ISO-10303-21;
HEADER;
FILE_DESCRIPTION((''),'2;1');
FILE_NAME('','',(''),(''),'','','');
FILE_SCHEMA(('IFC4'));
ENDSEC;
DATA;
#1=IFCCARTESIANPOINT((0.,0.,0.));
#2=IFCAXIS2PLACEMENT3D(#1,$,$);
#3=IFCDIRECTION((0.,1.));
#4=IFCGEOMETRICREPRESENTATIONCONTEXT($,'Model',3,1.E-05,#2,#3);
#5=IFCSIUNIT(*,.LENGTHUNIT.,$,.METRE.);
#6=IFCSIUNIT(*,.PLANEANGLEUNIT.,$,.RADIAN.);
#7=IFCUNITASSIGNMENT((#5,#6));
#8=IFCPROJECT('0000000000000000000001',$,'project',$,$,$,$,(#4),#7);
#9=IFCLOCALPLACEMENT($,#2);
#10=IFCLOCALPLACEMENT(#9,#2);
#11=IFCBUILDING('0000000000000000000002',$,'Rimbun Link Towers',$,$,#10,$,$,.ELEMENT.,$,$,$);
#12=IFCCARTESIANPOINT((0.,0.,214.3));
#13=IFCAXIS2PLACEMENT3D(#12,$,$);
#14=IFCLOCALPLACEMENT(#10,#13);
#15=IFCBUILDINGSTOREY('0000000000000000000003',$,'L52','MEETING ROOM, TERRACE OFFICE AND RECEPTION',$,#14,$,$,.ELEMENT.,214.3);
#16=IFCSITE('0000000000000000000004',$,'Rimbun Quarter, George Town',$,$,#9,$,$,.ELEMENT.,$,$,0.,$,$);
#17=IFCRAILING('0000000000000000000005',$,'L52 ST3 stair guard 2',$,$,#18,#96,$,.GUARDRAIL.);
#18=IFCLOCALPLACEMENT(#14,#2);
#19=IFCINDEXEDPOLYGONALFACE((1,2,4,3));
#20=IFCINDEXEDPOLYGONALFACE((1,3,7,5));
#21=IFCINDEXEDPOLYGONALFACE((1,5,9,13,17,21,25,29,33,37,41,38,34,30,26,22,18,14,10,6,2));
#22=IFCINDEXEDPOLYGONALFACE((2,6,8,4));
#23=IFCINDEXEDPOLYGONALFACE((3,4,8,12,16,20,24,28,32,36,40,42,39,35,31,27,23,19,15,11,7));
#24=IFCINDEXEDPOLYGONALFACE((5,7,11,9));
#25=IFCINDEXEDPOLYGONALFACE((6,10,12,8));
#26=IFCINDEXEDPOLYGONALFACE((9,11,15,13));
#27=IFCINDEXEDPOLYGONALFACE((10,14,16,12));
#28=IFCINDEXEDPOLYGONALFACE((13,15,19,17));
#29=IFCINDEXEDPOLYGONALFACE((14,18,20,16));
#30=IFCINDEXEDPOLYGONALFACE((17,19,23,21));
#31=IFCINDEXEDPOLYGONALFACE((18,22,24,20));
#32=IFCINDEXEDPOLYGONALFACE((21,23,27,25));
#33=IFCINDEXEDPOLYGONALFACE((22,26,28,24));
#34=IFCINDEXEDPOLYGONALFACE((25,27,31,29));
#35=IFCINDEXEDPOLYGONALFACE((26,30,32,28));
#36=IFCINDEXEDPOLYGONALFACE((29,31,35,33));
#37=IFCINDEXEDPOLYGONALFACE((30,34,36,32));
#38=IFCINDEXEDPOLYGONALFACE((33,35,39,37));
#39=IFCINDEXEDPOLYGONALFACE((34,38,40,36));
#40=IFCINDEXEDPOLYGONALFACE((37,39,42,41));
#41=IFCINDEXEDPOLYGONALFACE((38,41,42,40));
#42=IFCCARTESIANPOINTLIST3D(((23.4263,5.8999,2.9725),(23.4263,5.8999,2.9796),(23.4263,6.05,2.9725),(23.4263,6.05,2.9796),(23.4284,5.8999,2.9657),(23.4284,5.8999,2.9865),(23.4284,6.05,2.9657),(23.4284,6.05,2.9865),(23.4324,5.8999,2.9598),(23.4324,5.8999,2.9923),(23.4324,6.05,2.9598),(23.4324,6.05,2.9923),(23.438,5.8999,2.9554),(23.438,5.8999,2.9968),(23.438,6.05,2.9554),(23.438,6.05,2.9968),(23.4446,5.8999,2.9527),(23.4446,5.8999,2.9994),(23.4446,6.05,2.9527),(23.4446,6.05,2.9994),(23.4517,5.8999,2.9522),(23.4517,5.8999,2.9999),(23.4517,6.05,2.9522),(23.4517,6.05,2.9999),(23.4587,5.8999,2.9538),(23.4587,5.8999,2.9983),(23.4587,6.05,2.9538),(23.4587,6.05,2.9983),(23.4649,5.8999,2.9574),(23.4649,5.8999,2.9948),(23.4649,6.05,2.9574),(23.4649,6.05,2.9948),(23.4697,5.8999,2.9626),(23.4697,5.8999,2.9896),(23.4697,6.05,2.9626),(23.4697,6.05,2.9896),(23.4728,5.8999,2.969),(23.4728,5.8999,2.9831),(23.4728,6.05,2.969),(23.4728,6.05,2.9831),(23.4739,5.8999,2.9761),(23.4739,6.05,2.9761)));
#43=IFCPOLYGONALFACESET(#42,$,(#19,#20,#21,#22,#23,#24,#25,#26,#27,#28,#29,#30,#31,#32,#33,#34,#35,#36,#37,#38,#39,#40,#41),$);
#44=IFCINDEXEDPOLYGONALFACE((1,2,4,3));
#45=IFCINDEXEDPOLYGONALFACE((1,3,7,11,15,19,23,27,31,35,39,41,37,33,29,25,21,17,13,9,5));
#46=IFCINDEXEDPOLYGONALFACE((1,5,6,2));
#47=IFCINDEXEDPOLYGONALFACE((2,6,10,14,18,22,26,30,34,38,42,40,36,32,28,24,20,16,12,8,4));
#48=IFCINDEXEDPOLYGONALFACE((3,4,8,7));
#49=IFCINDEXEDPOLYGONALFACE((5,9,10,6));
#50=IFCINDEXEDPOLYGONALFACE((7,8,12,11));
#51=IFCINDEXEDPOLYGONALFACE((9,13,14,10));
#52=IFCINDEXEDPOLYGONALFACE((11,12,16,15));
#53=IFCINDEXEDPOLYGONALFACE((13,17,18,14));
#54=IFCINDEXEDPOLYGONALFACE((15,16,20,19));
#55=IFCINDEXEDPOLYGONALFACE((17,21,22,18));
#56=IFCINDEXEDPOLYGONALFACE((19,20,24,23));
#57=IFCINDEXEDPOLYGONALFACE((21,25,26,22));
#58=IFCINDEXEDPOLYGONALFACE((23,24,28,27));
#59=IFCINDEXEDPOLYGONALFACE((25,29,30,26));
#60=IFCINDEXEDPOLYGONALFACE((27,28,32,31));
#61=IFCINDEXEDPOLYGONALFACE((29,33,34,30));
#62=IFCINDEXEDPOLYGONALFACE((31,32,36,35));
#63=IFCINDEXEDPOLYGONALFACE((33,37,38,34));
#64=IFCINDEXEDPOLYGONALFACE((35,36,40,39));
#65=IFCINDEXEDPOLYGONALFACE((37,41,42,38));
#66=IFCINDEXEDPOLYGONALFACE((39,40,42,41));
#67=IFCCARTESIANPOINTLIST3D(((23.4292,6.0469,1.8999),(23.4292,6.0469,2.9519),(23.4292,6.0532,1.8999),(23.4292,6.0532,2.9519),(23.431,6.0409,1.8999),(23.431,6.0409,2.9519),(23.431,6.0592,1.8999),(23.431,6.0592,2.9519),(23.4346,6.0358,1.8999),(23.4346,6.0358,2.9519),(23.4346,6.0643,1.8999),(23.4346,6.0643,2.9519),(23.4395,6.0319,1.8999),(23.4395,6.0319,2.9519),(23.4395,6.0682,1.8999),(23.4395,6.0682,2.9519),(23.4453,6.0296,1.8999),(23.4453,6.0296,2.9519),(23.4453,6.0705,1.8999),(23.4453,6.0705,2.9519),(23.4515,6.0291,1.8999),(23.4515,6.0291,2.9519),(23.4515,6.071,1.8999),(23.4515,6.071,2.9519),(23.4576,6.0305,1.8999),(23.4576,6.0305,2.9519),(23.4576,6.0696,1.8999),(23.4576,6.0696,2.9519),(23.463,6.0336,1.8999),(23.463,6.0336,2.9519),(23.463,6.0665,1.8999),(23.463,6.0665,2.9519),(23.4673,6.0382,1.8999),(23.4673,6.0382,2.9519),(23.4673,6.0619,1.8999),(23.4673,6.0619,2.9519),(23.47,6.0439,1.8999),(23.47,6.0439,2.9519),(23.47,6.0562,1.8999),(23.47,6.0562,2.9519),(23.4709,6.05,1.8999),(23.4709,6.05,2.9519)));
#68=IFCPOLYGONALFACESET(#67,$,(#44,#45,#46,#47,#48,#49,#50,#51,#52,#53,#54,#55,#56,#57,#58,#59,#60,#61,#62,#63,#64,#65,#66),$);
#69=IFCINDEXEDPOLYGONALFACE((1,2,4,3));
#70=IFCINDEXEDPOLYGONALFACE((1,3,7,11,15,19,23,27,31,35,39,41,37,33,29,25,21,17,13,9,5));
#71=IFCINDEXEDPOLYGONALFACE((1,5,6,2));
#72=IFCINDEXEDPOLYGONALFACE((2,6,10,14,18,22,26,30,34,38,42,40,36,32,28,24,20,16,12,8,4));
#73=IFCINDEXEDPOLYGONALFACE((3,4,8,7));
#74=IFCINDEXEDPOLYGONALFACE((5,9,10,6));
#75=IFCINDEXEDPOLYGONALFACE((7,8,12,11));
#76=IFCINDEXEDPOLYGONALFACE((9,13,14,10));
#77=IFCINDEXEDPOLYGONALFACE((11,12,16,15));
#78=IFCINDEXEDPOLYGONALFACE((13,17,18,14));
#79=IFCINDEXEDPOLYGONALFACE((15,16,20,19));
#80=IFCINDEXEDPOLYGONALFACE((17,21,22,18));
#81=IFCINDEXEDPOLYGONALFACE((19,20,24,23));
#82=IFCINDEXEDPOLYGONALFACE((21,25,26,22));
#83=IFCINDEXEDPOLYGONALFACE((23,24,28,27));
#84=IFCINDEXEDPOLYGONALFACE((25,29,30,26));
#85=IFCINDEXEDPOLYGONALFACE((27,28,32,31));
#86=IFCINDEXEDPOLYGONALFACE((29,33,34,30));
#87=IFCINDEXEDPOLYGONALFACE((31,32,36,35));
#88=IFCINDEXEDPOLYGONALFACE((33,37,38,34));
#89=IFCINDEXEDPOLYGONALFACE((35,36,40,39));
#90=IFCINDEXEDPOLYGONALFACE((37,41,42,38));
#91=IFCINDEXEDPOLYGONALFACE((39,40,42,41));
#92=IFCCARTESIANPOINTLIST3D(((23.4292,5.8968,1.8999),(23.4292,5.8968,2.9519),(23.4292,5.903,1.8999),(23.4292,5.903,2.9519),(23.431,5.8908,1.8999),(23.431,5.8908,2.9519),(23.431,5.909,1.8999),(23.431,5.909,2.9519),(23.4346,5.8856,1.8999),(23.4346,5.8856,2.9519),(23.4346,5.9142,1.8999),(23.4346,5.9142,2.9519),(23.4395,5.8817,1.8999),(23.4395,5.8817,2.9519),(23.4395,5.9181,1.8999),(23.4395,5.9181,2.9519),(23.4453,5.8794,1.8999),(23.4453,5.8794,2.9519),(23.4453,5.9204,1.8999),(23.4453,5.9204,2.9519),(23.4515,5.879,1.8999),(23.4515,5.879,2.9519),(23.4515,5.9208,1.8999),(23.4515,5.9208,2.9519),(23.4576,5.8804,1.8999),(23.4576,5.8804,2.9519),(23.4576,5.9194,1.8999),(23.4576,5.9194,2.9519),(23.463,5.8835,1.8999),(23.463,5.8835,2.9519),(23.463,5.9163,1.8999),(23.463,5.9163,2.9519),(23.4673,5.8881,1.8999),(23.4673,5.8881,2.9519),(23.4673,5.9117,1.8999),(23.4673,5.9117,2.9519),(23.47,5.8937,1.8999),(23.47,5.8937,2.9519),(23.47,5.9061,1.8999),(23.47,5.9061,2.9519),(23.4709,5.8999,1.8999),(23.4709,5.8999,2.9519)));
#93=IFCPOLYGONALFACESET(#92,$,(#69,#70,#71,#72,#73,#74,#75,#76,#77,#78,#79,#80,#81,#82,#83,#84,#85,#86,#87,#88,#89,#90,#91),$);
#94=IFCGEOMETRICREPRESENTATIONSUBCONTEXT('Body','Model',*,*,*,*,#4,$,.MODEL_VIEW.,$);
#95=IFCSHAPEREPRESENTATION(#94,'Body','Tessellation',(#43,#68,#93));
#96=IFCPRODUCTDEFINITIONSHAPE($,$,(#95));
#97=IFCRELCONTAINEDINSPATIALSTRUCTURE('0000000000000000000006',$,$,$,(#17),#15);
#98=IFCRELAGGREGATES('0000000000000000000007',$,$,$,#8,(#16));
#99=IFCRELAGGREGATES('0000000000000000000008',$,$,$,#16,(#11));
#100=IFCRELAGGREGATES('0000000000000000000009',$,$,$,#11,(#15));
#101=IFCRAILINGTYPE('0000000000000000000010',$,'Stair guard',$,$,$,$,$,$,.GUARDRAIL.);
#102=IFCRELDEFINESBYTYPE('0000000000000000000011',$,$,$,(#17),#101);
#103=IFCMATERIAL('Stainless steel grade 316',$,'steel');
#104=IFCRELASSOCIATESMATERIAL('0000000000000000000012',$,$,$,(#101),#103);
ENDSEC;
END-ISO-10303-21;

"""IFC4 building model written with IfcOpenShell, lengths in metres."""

from ifc_helpers import new_model, si_unit, direction, frame, origin, origin_2d, place, context, subcontext, project, spatial, circle, extrude, material, type_object, element, save


model = new_model("IFC4")

# Units and contexts
model_context = context("Model", 3, precision=1e-05, world=origin(), true_north=direction((0.0, 1.0)))
body_context = subcontext(model_context, "Body", "Model", "MODEL_VIEW")
ifc_project = project(units=[si_unit("LENGTHUNIT", "METRE"), si_unit("PLANEANGLEUNIT", "RADIAN")], contexts=[model_context])

# Site, building, storey
site_placement = place(None, origin())
site = spatial("IfcSite", under=ifc_project, at=site_placement, Name="Rimbun Quarter, George Town", CompositionType="ELEMENT", RefElevation=0.0)
building_placement = place(site_placement, origin())
building = spatial("IfcBuilding", under=site, at=building_placement, Name="Rimbun Link Towers", CompositionType="ELEMENT")
storey_placement = place(building_placement, frame((0.0, 0.0, 214.3)))
storey = spatial("IfcBuildingStorey", under=building, at=storey_placement, Name="L52", Description="MEETING ROOM, TERRACE OFFICE AND RECEPTION", CompositionType="ELEMENT", Elevation=214.3)

# Railing
ifc_material_1 = material(Name="Stainless steel grade 316", Category="steel")
railing_type_1 = type_object("IfcRailingType", Name="Stair guard", PredefinedType="GUARDRAIL", material=ifc_material_1)
railing_1_placement = place(storey_placement, frame((23.45, 6.05, 1.8999)))
element("IfcRailing", 1, at=railing_1_placement, inside=storey, type_object=railing_type_1, Name="L52 ST3 stair guard 2", PredefinedType="GUARDRAIL", context=body_context, shape_type="SweptSolid", body=[
    extrude(circle(Radius=0.0239, at=origin_2d()), frame((0.0, 0.0, 1.0762), z_axis=(0.0, -1.0, 0.0), x_axis=(1.0, 0.0, 0.0)), (0.0, 0.0, 1.0), 0.1501),
    extrude(circle(Radius=0.021, at=origin_2d()), origin(), (0.0, 0.0, 1.0), 1.052),
    extrude(circle(Radius=0.021, at=origin_2d()), frame((0.0, -0.1501, 0.0)), (0.0, 0.0, 1.0), 1.052),
])

save(model, "model.ifc")
